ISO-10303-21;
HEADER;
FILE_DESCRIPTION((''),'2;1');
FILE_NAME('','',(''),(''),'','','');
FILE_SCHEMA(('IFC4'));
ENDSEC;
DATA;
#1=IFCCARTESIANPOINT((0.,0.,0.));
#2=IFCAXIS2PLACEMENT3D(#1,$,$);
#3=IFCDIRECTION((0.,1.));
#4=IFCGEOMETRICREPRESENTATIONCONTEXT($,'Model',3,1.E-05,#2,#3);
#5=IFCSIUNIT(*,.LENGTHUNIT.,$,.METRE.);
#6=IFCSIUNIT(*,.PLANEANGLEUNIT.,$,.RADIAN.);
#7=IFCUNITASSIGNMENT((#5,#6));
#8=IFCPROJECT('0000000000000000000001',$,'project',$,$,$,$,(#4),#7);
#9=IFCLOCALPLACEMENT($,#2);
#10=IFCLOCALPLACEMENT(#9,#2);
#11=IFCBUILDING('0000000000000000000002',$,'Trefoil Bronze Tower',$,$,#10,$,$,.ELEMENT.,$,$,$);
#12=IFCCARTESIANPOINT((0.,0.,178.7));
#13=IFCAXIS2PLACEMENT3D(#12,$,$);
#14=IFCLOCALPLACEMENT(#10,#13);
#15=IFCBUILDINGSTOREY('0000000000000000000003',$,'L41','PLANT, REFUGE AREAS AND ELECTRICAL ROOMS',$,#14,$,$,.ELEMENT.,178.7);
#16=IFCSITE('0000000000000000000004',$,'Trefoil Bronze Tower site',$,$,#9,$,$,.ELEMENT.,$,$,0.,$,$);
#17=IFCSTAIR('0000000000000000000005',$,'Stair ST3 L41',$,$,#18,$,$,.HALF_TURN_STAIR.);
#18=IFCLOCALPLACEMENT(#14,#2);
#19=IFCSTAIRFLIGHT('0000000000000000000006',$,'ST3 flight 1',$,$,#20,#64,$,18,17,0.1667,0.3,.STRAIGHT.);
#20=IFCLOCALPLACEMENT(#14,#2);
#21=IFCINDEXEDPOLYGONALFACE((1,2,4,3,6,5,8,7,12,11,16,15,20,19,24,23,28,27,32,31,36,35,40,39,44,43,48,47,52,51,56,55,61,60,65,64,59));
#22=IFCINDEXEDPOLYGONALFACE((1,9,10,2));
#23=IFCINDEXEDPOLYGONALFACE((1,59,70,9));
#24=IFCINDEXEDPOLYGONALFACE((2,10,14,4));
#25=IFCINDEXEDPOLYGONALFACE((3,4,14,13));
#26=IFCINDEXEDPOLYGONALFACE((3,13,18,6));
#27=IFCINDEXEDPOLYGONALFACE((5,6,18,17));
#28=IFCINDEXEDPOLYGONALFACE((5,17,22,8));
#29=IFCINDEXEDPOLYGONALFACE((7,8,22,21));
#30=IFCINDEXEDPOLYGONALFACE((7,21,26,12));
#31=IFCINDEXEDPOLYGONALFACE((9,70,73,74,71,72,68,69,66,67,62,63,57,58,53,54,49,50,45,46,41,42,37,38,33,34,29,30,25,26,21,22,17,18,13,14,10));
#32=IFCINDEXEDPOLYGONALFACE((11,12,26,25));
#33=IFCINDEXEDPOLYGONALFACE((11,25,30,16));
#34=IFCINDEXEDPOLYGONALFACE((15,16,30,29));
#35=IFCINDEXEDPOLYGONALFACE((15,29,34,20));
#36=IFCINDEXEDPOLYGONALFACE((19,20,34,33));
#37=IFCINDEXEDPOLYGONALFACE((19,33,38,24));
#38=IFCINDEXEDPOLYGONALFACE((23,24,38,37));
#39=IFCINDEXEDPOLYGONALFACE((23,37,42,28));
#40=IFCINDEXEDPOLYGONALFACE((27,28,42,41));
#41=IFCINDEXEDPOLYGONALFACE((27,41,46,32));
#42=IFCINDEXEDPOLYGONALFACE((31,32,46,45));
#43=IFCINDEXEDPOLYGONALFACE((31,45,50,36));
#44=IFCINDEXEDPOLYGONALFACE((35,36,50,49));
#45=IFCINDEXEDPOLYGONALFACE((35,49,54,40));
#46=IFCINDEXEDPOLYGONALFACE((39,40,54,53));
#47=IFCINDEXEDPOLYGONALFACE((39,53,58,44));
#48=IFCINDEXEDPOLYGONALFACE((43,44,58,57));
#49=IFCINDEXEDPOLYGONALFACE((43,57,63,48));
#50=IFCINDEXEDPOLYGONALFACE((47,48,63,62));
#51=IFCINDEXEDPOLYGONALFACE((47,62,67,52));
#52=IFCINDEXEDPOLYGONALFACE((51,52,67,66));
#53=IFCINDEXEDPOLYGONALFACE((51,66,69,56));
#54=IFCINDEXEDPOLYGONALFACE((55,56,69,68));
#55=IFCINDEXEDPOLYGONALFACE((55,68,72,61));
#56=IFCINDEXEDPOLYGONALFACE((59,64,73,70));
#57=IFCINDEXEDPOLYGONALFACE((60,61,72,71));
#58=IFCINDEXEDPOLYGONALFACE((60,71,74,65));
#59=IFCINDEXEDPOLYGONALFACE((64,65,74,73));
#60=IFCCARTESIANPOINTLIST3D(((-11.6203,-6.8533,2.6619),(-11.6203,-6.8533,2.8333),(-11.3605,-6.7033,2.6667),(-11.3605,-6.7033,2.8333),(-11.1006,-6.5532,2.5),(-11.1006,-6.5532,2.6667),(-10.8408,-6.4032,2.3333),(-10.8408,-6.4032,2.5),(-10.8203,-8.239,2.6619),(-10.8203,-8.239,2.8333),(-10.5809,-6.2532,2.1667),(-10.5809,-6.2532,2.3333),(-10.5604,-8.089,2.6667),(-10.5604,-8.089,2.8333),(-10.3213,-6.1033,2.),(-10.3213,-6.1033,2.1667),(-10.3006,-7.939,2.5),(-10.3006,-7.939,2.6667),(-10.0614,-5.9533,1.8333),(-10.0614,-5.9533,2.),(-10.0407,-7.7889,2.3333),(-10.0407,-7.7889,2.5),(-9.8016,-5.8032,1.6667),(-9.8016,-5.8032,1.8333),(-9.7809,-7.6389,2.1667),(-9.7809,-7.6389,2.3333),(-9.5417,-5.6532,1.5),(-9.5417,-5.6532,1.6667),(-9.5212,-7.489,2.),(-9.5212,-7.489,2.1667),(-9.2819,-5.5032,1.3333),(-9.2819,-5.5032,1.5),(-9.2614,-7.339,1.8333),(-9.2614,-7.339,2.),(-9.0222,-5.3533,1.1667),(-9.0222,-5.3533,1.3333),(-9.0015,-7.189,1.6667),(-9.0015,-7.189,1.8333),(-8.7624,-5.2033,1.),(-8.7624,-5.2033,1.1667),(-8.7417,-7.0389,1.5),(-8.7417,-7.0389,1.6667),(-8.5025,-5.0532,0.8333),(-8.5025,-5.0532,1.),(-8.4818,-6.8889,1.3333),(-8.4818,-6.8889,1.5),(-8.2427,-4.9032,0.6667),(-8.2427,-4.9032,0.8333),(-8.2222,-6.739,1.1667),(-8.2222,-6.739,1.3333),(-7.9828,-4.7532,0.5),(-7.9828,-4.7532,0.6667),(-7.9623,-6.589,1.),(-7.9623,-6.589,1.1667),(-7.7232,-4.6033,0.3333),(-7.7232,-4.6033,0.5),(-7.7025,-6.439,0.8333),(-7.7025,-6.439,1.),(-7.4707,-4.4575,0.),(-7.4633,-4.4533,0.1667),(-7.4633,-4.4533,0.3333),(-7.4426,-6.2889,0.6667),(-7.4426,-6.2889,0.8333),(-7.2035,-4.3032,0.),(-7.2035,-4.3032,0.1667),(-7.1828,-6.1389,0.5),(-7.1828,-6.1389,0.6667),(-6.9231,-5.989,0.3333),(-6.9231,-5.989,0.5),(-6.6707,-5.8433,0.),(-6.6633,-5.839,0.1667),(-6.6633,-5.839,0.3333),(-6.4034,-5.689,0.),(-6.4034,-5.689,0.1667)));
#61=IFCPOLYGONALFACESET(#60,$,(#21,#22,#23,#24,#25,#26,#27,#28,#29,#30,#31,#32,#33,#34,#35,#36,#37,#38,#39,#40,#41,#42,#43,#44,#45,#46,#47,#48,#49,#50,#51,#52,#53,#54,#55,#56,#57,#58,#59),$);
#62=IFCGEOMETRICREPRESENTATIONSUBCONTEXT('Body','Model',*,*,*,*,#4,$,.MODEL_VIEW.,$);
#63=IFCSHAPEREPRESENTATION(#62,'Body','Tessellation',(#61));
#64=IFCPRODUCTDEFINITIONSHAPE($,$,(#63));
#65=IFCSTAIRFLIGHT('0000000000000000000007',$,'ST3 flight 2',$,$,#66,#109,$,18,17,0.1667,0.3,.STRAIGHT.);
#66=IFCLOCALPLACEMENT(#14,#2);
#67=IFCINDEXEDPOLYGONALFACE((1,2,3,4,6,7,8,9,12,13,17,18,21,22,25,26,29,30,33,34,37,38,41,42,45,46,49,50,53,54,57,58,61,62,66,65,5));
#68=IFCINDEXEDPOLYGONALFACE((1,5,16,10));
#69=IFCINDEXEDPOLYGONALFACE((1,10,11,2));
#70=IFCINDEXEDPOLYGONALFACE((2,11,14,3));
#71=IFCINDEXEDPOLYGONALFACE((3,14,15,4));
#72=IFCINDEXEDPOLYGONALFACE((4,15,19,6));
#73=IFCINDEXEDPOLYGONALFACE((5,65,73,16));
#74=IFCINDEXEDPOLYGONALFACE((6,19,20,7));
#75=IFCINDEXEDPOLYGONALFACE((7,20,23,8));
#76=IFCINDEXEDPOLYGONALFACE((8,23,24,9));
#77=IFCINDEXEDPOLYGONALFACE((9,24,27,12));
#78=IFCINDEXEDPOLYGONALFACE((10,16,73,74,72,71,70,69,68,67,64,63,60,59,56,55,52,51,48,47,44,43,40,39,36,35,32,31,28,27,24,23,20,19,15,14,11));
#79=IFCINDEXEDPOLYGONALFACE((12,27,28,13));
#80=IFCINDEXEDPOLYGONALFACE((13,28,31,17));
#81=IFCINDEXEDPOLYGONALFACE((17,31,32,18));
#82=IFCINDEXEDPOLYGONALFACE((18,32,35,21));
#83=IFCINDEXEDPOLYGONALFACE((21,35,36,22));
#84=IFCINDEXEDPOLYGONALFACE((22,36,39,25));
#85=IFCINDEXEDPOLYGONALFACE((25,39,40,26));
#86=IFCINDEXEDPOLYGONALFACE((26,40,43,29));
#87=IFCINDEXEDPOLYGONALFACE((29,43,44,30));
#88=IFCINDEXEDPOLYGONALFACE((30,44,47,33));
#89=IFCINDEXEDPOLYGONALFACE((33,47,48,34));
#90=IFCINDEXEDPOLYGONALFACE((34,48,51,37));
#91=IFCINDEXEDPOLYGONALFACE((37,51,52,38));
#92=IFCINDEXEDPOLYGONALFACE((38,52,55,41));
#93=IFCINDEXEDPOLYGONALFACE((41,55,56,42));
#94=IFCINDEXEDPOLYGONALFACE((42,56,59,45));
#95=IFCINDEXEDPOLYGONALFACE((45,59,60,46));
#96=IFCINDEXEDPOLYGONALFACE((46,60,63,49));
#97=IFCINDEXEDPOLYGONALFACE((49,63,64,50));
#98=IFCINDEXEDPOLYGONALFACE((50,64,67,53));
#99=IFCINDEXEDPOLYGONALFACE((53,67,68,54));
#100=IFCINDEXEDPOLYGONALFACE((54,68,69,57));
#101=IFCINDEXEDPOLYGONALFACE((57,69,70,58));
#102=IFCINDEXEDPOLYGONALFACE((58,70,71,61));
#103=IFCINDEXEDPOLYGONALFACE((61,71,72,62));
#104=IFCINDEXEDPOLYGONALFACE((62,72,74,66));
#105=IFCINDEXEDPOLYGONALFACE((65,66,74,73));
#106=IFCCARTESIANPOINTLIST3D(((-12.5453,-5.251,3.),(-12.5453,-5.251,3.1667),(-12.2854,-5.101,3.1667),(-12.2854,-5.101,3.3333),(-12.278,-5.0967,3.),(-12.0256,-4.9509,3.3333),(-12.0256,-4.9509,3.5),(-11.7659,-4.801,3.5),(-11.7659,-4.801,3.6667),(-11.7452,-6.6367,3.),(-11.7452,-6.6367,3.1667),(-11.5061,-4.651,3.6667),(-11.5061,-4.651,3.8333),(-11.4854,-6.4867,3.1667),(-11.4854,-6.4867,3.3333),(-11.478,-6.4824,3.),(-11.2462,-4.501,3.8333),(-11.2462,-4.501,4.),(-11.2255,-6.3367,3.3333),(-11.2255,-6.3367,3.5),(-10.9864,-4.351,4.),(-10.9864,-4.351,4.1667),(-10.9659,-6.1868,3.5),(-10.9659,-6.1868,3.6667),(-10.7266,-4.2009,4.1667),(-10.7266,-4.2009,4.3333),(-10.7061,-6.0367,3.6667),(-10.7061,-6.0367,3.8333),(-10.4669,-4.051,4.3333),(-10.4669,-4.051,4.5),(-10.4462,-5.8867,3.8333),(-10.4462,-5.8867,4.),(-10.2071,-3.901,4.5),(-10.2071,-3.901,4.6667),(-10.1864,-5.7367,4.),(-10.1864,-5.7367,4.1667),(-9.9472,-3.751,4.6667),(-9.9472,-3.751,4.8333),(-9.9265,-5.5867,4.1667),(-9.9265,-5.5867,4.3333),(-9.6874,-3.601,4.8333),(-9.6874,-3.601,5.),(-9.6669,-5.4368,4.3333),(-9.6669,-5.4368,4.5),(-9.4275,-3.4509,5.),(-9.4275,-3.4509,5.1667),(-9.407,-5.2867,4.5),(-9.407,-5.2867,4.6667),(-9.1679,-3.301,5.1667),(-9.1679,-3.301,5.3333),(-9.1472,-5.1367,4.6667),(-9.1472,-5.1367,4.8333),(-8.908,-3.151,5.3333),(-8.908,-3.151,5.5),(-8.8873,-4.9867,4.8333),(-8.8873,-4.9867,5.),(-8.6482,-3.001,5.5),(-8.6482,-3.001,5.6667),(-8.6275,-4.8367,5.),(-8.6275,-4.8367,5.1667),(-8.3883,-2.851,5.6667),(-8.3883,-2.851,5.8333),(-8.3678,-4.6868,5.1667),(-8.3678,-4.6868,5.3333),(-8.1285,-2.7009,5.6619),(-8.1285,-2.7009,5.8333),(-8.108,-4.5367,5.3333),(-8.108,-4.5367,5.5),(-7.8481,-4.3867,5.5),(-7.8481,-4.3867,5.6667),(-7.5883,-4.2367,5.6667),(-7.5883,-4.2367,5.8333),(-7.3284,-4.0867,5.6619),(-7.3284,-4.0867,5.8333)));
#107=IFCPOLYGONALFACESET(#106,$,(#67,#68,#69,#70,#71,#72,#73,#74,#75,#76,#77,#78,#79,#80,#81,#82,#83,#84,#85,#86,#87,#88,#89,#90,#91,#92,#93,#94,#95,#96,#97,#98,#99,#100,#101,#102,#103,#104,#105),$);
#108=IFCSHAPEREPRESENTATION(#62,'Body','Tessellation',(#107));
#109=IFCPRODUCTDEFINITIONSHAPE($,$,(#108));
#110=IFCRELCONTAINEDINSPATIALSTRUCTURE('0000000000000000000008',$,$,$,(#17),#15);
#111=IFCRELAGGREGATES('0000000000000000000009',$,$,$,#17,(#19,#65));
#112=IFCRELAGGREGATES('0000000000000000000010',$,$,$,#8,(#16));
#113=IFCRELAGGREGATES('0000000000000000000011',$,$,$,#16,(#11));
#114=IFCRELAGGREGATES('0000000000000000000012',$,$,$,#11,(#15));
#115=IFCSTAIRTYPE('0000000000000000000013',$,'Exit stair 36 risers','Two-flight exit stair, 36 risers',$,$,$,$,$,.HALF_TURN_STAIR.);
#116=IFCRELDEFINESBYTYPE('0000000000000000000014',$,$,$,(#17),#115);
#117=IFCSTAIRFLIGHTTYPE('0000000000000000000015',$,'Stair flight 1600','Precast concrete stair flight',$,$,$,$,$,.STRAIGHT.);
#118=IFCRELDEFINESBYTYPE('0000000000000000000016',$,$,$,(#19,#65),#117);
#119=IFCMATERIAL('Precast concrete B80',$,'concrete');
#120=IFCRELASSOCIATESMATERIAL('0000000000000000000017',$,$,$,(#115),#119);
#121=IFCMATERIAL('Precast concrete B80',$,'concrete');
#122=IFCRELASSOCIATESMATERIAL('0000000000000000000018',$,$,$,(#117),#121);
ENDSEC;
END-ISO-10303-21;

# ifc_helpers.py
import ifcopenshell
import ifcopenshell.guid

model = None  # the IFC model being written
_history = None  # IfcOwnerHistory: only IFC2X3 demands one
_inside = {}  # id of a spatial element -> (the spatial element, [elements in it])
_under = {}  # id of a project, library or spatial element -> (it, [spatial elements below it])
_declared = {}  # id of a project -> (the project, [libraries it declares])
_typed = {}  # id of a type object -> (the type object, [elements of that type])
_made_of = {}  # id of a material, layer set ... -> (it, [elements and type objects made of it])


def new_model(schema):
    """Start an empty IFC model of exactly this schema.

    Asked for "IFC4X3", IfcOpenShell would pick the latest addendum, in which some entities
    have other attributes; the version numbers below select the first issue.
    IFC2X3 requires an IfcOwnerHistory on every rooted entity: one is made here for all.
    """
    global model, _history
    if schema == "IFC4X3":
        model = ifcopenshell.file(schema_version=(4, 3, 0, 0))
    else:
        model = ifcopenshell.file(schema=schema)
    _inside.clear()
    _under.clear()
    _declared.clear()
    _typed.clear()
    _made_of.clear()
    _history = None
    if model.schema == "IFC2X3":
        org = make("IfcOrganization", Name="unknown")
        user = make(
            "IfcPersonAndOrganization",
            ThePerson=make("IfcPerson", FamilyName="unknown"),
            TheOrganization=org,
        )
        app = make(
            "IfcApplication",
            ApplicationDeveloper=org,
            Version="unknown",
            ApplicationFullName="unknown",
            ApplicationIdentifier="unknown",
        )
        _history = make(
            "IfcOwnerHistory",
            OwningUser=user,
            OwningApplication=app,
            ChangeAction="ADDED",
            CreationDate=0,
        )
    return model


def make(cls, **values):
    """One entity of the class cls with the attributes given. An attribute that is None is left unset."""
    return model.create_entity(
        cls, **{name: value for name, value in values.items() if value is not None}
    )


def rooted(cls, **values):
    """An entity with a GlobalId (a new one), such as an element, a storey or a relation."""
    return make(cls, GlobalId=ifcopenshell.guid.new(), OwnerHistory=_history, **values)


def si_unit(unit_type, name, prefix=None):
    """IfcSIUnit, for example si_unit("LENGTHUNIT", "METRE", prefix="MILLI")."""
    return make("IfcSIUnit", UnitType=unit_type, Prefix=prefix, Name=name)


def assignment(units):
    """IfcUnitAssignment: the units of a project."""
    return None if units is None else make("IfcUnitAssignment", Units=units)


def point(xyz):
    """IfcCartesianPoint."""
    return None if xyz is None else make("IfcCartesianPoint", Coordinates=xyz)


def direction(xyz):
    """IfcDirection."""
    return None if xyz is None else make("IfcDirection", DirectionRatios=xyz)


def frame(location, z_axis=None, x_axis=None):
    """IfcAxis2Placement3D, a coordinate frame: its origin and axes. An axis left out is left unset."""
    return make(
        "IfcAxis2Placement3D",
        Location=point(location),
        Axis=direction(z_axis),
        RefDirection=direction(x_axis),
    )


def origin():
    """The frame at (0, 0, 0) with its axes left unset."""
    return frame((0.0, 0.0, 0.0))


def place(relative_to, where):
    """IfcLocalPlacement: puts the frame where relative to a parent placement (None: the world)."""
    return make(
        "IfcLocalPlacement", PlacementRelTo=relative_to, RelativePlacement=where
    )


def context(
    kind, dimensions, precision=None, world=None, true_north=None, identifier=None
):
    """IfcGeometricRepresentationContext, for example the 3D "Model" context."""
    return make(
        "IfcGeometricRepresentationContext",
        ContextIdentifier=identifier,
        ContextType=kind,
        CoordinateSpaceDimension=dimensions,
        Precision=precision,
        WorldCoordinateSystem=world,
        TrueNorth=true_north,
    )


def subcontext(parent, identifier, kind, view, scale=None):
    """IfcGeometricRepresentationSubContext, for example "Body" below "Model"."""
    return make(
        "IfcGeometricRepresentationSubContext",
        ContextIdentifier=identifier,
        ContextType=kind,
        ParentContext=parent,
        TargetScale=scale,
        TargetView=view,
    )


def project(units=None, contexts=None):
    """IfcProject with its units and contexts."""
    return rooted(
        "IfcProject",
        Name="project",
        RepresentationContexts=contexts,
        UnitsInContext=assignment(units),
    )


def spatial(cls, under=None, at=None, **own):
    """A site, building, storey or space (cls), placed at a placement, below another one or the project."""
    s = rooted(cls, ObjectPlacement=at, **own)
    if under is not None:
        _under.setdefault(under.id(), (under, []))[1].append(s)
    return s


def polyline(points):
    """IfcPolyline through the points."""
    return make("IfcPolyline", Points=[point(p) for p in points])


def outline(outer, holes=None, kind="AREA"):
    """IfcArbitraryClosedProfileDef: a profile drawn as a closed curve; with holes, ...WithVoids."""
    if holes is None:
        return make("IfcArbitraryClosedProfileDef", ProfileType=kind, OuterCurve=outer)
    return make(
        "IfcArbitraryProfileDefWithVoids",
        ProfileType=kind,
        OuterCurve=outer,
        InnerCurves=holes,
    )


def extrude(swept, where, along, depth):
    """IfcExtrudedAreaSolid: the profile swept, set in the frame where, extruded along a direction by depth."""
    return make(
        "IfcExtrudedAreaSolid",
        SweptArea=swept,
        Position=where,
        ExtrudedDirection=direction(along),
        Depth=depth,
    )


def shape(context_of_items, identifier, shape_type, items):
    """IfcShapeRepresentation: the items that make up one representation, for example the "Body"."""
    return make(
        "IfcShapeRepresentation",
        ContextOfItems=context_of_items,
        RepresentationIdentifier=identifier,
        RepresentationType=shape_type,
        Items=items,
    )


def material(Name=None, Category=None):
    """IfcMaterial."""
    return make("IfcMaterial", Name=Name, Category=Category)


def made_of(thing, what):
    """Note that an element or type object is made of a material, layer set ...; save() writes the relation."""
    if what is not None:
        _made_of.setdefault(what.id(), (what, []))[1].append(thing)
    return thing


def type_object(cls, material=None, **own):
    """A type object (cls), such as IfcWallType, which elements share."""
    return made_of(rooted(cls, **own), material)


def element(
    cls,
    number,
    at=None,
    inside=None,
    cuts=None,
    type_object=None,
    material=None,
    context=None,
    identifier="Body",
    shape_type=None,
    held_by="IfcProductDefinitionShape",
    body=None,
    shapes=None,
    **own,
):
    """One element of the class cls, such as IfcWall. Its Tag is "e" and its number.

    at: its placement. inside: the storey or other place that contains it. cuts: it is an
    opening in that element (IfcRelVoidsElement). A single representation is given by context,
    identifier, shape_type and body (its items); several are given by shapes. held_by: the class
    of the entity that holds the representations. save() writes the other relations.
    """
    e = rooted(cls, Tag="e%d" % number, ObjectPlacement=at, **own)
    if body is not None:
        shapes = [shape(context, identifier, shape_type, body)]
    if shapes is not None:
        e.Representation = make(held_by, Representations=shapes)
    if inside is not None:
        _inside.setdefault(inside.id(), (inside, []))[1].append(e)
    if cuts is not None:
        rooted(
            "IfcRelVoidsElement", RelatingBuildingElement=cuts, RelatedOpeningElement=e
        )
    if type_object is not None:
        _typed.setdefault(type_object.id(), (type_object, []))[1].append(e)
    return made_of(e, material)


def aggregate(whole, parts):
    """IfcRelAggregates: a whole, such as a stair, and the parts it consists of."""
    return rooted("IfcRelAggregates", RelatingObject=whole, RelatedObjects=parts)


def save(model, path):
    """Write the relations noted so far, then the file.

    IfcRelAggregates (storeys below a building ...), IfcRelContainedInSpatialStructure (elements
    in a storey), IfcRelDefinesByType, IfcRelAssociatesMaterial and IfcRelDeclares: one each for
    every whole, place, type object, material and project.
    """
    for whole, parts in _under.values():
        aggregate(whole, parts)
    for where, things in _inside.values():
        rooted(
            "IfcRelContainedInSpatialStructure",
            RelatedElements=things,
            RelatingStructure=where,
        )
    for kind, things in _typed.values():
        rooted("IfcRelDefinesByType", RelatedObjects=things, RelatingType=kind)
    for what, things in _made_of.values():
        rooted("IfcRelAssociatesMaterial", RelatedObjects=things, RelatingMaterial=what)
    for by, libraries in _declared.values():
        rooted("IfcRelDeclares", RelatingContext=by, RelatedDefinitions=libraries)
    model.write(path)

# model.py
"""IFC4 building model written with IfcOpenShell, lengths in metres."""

from ifc_helpers import new_model, si_unit, direction, frame, origin, place, context, subcontext, project, spatial, polyline, outline, extrude, material, type_object, element, aggregate, save


model = new_model("IFC4")

# Units and contexts
model_context = context("Model", 3, precision=1e-05, world=origin(), true_north=direction((0.0, 1.0)))
body_context = subcontext(model_context, "Body", "Model", "MODEL_VIEW")
ifc_project = project(units=[si_unit("LENGTHUNIT", "METRE"), si_unit("PLANEANGLEUNIT", "RADIAN")], contexts=[model_context])

# Site, building, storey
site_placement = place(None, origin())
site = spatial("IfcSite", under=ifc_project, at=site_placement, Name="Trefoil Bronze Tower site", CompositionType="ELEMENT", RefElevation=0.0)
building_placement = place(site_placement, origin())
building = spatial("IfcBuilding", under=site, at=building_placement, Name="Trefoil Bronze Tower", CompositionType="ELEMENT")
storey_placement = place(building_placement, frame((0.0, 0.0, 178.7)))
storey = spatial("IfcBuildingStorey", under=building, at=storey_placement, Name="L41", Description="PLANT, REFUGE AREAS AND ELECTRICAL ROOMS", CompositionType="ELEMENT", Elevation=178.7)

# Stair, stair flights
ifc_material_1 = material(Name="Precast concrete B80", Category="concrete")
stair_type = type_object("IfcStairType", Name="Exit stair 36 risers", Description="Two-flight exit stair, 36 risers", PredefinedType="HALF_TURN_STAIR", material=ifc_material_1)
stair_placement = place(storey_placement, origin())
stair = element("IfcStair", 1, at=stair_placement, inside=storey, type_object=stair_type, Name="Stair ST3 L41", PredefinedType="HALF_TURN_STAIR")
ifc_material_2 = material(Name="Precast concrete B80", Category="concrete")
stair_flight_type = type_object("IfcStairFlightType", Name="Stair flight 1600", Description="Precast concrete stair flight", PredefinedType="STRAIGHT", material=ifc_material_2)
stair_flight_1_placement = place(storey_placement, frame((-6.8035, -4.9961, 0.0), z_axis=(0.0, 0.0, 1.0), x_axis=(-0.866025, -0.5, 0.0)))
stair_flight_1 = element("IfcStairFlight", 2, at=stair_flight_1_placement, type_object=stair_flight_type, Name="ST3 flight 1", NumberOfRisers=18, NumberOfTreads=17, PredefinedType="STRAIGHT", RiserHeight=0.1667, TreadLength=0.3, context=body_context, shape_type="SweptSolid", body=[
    extrude(outline(polyline([(0.0, 0.0), (0.0, 0.1667), (0.3, 0.1667), (0.3, 0.3333), (0.6001, 0.3333), (0.6001, 0.5), (0.8999, 0.5), (0.8999, 0.6667), (1.2, 0.6667), (1.2, 0.8333), (1.5, 0.8333), (1.5, 1.0), (1.8, 1.0), (1.8, 1.1667), (2.1001, 1.1667), (2.1001, 1.3333), (2.3999, 1.3333), (2.3999, 1.5), (2.7, 1.5), (2.7, 1.6667), (3.0, 1.6667), (3.0, 1.8333), (3.3, 1.8333), (3.3, 2.0), (3.6001, 2.0), (3.6001, 2.1667), (3.8999, 2.1667), (3.8999, 2.3333), (4.2, 2.3333), (4.2, 2.5), (4.5, 2.5), (4.5, 2.6667), (4.8, 2.6667), (4.8, 2.8333), (5.1001, 2.8333), (5.1001, 3.0), (5.1001, 2.6619), (0.3086, 0.0), (0.0, 0.0)])), frame((0.0, 0.8, 0.0), z_axis=(0.0, -1.0, 0.0), x_axis=(1.0, 0.0, 0.0)), (0.0, 0.0, 1.0), 1.6001),
])
stair_flight_2_placement = place(storey_placement, frame((-12.1453, -5.9438, 3.0), z_axis=(0.0, 0.0, 1.0), x_axis=(0.866025, 0.5, 0.0)))
stair_flight_2 = element("IfcStairFlight", 3, at=stair_flight_2_placement, type_object=stair_flight_type, Name="ST3 flight 2", NumberOfRisers=18, NumberOfTreads=17, PredefinedType="STRAIGHT", RiserHeight=0.1667, TreadLength=0.3, context=body_context, shape_type="SweptSolid", body=[
    extrude(outline(polyline([(0.0, 0.0), (0.0, 0.1667), (0.3, 0.1667), (0.3, 0.3333), (0.6001, 0.3333), (0.6001, 0.5), (0.8999, 0.5), (0.8999, 0.6667), (1.2, 0.6667), (1.2, 0.8333), (1.5, 0.8333), (1.5, 1.0), (1.8, 1.0), (1.8, 1.1667), (2.1001, 1.1667), (2.1001, 1.3333), (2.3999, 1.3333), (2.3999, 1.5), (2.7, 1.5), (2.7, 1.6667), (3.0, 1.6667), (3.0, 1.8333), (3.3, 1.8333), (3.3, 2.0), (3.6001, 2.0), (3.6001, 2.1667), (3.8999, 2.1667), (3.8999, 2.3333), (4.2, 2.3333), (4.2, 2.5), (4.5, 2.5), (4.5, 2.6667), (4.8, 2.6667), (4.8, 2.8333), (5.1001, 2.8333), (5.1001, 3.0), (5.1001, 2.6619), (0.3086, 0.0), (0.0, 0.0)])), frame((0.0, 0.8, 0.0), z_axis=(0.0, -1.0, 0.0), x_axis=(1.0, 0.0, 0.0)), (0.0, 0.0, 1.0), 1.6001),
])
aggregate(stair, [stair_flight_1, stair_flight_2])

save(model, "model.ifc")
